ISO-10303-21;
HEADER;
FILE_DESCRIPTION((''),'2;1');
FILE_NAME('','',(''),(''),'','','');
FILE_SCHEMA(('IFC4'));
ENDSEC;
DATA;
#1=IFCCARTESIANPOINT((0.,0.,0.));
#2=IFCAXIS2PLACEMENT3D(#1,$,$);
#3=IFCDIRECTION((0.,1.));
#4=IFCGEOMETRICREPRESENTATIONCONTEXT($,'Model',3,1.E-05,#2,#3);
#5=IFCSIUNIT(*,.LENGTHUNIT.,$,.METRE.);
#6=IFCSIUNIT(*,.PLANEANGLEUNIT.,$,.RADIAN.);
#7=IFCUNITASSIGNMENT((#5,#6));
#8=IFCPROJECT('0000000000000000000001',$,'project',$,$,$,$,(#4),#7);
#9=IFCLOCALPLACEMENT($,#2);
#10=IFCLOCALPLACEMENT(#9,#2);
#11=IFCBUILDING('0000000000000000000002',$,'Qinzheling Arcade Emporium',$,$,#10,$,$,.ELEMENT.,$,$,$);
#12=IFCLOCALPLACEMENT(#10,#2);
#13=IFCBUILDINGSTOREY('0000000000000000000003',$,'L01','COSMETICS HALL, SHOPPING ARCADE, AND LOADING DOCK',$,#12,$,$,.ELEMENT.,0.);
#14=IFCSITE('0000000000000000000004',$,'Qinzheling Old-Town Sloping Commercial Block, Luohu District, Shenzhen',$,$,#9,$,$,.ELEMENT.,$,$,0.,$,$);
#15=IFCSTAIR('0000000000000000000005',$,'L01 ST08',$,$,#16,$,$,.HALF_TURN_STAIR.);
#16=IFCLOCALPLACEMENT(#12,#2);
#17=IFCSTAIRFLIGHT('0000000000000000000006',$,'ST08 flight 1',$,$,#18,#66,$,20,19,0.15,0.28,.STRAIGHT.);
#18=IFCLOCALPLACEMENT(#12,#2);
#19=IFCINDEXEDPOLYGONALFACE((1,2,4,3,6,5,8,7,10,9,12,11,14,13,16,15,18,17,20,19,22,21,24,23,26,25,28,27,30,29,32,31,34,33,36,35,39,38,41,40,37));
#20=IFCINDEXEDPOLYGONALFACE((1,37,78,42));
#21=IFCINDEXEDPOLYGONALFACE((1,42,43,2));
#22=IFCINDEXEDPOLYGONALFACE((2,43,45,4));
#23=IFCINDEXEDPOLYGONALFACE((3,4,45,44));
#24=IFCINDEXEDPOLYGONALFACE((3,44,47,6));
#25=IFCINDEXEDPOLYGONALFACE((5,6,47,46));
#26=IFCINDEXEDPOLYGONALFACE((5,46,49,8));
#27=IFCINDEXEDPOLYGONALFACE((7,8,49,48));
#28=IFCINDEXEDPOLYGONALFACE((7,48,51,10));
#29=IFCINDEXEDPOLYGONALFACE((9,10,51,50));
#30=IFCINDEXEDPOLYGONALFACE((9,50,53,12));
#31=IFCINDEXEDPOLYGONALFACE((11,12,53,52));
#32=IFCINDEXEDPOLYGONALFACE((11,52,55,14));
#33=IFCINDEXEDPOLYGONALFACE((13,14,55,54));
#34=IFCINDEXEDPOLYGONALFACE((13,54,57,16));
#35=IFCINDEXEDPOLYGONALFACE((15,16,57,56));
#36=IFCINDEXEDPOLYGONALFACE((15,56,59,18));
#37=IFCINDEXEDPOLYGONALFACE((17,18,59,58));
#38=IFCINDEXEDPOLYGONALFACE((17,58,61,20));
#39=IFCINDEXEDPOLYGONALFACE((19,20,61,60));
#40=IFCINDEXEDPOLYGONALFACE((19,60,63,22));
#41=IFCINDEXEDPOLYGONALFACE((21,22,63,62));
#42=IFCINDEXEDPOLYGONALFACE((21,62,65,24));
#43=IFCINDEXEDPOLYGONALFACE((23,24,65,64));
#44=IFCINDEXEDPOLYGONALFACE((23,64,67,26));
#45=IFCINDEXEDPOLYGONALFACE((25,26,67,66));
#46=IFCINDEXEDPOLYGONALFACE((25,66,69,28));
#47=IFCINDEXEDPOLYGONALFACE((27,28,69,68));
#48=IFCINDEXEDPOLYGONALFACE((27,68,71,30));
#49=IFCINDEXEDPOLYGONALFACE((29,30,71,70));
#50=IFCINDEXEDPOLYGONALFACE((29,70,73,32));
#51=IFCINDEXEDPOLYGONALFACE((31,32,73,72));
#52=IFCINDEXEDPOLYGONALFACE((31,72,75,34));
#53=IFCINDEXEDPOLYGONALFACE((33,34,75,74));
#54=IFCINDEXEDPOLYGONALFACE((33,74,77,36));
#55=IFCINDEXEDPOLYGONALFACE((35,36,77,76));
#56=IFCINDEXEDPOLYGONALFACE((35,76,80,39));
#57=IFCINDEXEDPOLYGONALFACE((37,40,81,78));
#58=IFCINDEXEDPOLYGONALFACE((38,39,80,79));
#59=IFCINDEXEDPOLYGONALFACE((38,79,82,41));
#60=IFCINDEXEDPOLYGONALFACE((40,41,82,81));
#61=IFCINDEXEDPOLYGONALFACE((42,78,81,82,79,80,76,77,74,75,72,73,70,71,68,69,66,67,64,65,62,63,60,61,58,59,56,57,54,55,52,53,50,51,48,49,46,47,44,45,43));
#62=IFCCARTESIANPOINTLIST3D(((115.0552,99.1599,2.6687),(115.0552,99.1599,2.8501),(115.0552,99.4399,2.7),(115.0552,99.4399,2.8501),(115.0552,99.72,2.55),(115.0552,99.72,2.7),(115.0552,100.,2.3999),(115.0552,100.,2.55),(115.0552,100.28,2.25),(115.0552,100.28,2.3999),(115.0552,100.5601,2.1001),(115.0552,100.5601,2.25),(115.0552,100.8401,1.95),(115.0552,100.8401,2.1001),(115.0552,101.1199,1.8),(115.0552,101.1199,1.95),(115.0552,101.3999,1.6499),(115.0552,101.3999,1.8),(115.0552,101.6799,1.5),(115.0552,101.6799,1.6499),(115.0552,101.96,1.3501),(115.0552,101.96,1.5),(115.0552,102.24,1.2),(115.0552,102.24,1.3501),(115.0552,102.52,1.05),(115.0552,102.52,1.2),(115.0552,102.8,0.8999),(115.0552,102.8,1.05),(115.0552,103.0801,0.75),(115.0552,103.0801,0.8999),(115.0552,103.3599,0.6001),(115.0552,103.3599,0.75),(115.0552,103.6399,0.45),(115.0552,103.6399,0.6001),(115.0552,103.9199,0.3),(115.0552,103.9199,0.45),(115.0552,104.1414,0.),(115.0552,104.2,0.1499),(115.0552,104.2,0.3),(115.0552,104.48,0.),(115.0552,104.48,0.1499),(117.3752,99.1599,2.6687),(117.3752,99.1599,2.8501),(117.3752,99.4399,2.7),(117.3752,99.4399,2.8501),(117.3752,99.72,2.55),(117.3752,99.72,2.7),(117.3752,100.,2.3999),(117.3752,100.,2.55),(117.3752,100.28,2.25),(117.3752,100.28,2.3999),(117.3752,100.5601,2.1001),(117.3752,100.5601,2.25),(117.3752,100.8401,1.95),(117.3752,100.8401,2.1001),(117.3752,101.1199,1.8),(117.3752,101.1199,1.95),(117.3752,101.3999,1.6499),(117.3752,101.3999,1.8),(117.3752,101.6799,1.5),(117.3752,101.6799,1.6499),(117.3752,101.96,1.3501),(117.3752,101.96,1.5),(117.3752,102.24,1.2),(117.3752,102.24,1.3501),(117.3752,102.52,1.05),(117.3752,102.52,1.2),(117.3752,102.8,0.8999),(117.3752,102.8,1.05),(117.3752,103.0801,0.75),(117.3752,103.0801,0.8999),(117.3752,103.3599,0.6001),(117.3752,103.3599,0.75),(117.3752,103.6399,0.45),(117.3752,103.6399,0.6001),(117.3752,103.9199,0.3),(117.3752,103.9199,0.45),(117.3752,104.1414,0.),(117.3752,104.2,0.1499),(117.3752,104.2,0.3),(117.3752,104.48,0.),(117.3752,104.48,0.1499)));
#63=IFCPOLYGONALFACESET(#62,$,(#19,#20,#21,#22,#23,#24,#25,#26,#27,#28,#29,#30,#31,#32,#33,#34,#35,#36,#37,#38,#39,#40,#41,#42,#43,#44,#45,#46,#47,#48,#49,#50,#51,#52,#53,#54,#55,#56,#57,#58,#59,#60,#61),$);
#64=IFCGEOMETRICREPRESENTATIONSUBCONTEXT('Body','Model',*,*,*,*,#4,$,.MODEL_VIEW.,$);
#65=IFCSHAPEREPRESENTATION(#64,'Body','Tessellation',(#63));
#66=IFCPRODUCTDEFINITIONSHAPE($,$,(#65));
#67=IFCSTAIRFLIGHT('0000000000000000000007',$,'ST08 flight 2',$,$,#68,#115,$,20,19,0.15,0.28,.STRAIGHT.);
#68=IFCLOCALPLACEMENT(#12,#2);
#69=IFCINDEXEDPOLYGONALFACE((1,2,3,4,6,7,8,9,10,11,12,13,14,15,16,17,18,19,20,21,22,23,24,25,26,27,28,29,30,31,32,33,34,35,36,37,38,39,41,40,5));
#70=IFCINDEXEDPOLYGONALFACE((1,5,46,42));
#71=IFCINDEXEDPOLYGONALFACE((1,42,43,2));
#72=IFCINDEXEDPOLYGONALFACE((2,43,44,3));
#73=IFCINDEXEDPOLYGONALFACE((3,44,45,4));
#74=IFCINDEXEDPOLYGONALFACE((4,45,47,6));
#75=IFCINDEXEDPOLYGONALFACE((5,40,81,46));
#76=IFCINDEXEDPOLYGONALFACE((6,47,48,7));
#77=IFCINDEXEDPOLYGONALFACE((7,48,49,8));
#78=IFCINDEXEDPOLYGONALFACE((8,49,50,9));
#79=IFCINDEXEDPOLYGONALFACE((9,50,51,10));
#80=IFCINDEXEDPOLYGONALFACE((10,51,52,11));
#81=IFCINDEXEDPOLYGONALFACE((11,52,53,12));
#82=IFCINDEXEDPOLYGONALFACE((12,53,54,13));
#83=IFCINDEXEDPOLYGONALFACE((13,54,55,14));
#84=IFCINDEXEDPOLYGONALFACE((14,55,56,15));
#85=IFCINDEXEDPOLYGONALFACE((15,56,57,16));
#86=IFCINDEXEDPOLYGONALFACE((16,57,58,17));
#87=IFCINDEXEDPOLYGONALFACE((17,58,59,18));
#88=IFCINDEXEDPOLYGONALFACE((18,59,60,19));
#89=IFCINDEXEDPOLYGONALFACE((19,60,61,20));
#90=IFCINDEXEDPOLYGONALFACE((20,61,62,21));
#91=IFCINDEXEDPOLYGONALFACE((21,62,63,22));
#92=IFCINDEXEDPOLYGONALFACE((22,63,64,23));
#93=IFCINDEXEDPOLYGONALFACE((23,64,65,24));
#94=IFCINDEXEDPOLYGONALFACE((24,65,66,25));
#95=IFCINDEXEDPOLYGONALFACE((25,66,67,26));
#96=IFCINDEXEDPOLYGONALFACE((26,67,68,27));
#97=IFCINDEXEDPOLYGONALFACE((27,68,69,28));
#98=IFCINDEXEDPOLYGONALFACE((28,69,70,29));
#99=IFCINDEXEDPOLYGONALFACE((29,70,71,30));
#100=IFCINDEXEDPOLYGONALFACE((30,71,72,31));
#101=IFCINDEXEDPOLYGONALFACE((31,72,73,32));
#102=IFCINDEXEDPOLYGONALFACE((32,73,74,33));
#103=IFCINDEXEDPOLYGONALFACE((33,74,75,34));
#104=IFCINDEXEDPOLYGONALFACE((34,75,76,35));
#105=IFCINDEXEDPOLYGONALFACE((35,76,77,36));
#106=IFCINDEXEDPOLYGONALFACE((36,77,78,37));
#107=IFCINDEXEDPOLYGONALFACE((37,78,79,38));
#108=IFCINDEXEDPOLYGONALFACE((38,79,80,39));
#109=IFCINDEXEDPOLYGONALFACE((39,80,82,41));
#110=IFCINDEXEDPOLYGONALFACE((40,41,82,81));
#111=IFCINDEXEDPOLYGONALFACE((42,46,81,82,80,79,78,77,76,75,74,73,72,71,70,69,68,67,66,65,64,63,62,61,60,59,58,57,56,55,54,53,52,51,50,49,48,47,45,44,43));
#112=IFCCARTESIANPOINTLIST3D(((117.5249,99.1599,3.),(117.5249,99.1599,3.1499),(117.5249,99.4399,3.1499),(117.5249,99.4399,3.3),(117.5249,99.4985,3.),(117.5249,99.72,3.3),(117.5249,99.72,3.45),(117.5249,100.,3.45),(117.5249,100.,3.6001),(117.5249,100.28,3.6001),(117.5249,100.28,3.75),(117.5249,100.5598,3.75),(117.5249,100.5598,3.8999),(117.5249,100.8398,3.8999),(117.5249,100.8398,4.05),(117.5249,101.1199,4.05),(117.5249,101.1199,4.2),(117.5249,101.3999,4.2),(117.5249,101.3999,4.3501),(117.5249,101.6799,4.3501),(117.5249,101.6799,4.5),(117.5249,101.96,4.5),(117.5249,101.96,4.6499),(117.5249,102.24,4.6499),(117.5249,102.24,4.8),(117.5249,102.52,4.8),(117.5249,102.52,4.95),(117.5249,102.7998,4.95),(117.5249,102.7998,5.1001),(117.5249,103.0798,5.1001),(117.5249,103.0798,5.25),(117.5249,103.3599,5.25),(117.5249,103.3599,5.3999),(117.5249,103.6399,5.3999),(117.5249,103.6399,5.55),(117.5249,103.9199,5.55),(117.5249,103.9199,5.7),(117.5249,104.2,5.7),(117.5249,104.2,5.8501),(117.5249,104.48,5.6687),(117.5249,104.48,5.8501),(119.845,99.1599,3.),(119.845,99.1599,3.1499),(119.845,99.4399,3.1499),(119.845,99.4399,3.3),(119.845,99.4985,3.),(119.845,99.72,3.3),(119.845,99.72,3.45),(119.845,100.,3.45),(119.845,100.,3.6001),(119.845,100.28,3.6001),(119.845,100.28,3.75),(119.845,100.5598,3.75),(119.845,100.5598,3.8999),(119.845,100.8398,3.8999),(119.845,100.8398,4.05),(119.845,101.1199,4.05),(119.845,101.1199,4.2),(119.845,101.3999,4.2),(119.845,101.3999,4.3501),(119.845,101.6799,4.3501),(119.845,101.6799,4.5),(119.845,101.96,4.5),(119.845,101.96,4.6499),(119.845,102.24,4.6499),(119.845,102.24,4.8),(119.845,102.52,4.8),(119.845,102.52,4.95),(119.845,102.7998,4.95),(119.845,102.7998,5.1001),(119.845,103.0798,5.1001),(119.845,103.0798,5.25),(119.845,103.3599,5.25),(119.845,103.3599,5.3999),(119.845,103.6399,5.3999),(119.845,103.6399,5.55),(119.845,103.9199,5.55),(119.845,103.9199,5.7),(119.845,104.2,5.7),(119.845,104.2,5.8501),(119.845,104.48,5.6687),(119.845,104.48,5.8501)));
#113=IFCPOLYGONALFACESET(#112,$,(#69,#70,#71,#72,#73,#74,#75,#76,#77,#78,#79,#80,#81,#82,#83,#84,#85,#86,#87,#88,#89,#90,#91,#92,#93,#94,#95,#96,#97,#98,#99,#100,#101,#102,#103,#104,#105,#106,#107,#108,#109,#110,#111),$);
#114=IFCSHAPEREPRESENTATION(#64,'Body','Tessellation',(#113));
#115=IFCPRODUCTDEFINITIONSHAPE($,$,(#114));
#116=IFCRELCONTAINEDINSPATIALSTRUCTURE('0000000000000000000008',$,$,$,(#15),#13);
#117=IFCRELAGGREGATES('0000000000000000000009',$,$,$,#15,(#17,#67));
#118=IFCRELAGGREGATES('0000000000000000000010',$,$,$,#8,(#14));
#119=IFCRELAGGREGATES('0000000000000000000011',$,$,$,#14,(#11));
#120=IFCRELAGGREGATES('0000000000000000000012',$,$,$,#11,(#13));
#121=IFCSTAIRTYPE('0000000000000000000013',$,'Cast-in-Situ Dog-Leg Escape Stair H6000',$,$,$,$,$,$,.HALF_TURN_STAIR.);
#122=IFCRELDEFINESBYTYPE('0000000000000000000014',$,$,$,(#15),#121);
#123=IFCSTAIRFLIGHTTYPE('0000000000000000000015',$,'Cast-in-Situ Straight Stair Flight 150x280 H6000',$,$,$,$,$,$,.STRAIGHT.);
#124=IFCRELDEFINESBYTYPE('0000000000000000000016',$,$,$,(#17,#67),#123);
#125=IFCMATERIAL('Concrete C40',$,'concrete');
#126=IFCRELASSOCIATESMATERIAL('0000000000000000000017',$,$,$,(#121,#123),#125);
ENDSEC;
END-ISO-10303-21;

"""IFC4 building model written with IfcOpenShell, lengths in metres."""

from ifc_helpers import new_model, si_unit, direction, frame, origin, place, context, subcontext, project, spatial, polyline, outline, extrude, material, type_object, element, aggregate, save


model = new_model("IFC4")

# Units and contexts
model_context = context("Model", 3, precision=1e-05, world=origin(), true_north=direction((0.0, 1.0)))
body_context = subcontext(model_context, "Body", "Model", "MODEL_VIEW")
ifc_project = project(units=[si_unit("LENGTHUNIT", "METRE"), si_unit("PLANEANGLEUNIT", "RADIAN")], contexts=[model_context])

# Site, building, storey
site_placement = place(None, origin())
site = spatial("IfcSite", under=ifc_project, at=site_placement, Name="Qinzheling Old-Town Sloping Commercial Block, Luohu District, Shenzhen", CompositionType="ELEMENT", RefElevation=0.0)
building_placement = place(site_placement, origin())
building = spatial("IfcBuilding", under=site, at=building_placement, Name="Qinzheling Arcade Emporium", CompositionType="ELEMENT")
storey_placement = place(building_placement, origin())
storey = spatial("IfcBuildingStorey", under=building, at=storey_placement, Name="L01", Description="COSMETICS HALL, SHOPPING ARCADE, AND LOADING DOCK", CompositionType="ELEMENT", Elevation=0.0)

# Shared definitions
ifc_material_1 = material(Name="Concrete C40", Category="concrete")

# Stair, stair flights
stair_type = type_object("IfcStairType", Name="Cast-in-Situ Dog-Leg Escape Stair H6000", PredefinedType="HALF_TURN_STAIR", material=ifc_material_1)
stair_placement = place(storey_placement, origin())
stair = element("IfcStair", 1, at=stair_placement, inside=storey, type_object=stair_type, Name="L01 ST08", PredefinedType="HALF_TURN_STAIR")
stair_flight_type = type_object("IfcStairFlightType", Name="Cast-in-Situ Straight Stair Flight 150x280 H6000", PredefinedType="STRAIGHT", material=ifc_material_1)
stair_flight_1_placement = place(storey_placement, frame((116.2151, 104.48, 0.0), z_axis=(0.0, 0.0, 1.0), x_axis=(0.0, -1.0, 0.0)))
stair_flight_1 = element("IfcStairFlight", 2, at=stair_flight_1_placement, type_object=stair_flight_type, Name="ST08 flight 1", NumberOfRisers=20, NumberOfTreads=19, PredefinedType="STRAIGHT", RiserHeight=0.15, TreadLength=0.28, context=body_context, shape_type="SweptSolid", body=[
    extrude(outline(polyline([(0.0, 0.0), (0.0, 0.1499), (0.28, 0.1499), (0.28, 0.3), (0.5601, 0.3), (0.5601, 0.45), (0.8401, 0.45), (0.8401, 0.6001), (1.1201, 0.6001), (1.1201, 0.75), (1.3999, 0.75), (1.3999, 0.8999), (1.6799, 0.8999), (1.6799, 1.05), (1.96, 1.05), (1.96, 1.2), (2.24, 1.2), (2.24, 1.3501), (2.52, 1.3501), (2.52, 1.5), (2.8, 1.5), (2.8, 1.6499), (3.0801, 1.6499), (3.0801, 1.8), (3.3601, 1.8), (3.3601, 1.95), (3.6399, 1.95), (3.6399, 2.1001), (3.9199, 2.1001), (3.9199, 2.25), (4.2, 2.25), (4.2, 2.3999), (4.48, 2.3999), (4.48, 2.55), (4.76, 2.55), (4.76, 2.7), (5.04, 2.7), (5.04, 2.8501), (5.3201, 2.8501), (5.3201, 3.0), (5.3201, 2.6687), (0.3386, 0.0), (0.0, 0.0)])), frame((0.0, 1.1602, 0.0), z_axis=(0.0, -1.0, 0.0), x_axis=(1.0, 0.0, 0.0)), (0.0, 0.0, 1.0), 2.3201),
])
stair_flight_2_placement = place(storey_placement, frame((118.6851, 99.1599, 3.0), z_axis=(0.0, 0.0, 1.0), x_axis=(0.0, 1.0, 0.0)))
stair_flight_2 = element("IfcStairFlight", 3, at=stair_flight_2_placement, type_object=stair_flight_type, Name="ST08 flight 2", NumberOfRisers=20, NumberOfTreads=19, PredefinedType="STRAIGHT", RiserHeight=0.15, TreadLength=0.28, context=body_context, shape_type="SweptSolid", body=[
    extrude(outline(polyline([(0.0, 0.0), (0.0, 0.1499), (0.28, 0.1499), (0.28, 0.3), (0.5601, 0.3), (0.5601, 0.45), (0.8401, 0.45), (0.8401, 0.6001), (1.1201, 0.6001), (1.1201, 0.75), (1.3999, 0.75), (1.3999, 0.8999), (1.6799, 0.8999), (1.6799, 1.05), (1.96, 1.05), (1.96, 1.2), (2.24, 1.2), (2.24, 1.3501), (2.52, 1.3501), (2.52, 1.5), (2.8, 1.5), (2.8, 1.6499), (3.0801, 1.6499), (3.0801, 1.8), (3.3601, 1.8), (3.3601, 1.95), (3.6399, 1.95), (3.6399, 2.1001), (3.9199, 2.1001), (3.9199, 2.25), (4.2, 2.25), (4.2, 2.3999), (4.48, 2.3999), (4.48, 2.55), (4.76, 2.55), (4.76, 2.7), (5.04, 2.7), (5.04, 2.8501), (5.3201, 2.8501), (5.3201, 3.0), (5.3201, 2.6687), (0.3386, 0.0), (0.0, 0.0)])), frame((0.0, 1.1602, 0.0), z_axis=(0.0, -1.0, 0.0), x_axis=(1.0, 0.0, 0.0)), (0.0, 0.0, 1.0), 2.3201),
])
aggregate(stair, [stair_flight_1, stair_flight_2])

save(model, "model.ifc")
